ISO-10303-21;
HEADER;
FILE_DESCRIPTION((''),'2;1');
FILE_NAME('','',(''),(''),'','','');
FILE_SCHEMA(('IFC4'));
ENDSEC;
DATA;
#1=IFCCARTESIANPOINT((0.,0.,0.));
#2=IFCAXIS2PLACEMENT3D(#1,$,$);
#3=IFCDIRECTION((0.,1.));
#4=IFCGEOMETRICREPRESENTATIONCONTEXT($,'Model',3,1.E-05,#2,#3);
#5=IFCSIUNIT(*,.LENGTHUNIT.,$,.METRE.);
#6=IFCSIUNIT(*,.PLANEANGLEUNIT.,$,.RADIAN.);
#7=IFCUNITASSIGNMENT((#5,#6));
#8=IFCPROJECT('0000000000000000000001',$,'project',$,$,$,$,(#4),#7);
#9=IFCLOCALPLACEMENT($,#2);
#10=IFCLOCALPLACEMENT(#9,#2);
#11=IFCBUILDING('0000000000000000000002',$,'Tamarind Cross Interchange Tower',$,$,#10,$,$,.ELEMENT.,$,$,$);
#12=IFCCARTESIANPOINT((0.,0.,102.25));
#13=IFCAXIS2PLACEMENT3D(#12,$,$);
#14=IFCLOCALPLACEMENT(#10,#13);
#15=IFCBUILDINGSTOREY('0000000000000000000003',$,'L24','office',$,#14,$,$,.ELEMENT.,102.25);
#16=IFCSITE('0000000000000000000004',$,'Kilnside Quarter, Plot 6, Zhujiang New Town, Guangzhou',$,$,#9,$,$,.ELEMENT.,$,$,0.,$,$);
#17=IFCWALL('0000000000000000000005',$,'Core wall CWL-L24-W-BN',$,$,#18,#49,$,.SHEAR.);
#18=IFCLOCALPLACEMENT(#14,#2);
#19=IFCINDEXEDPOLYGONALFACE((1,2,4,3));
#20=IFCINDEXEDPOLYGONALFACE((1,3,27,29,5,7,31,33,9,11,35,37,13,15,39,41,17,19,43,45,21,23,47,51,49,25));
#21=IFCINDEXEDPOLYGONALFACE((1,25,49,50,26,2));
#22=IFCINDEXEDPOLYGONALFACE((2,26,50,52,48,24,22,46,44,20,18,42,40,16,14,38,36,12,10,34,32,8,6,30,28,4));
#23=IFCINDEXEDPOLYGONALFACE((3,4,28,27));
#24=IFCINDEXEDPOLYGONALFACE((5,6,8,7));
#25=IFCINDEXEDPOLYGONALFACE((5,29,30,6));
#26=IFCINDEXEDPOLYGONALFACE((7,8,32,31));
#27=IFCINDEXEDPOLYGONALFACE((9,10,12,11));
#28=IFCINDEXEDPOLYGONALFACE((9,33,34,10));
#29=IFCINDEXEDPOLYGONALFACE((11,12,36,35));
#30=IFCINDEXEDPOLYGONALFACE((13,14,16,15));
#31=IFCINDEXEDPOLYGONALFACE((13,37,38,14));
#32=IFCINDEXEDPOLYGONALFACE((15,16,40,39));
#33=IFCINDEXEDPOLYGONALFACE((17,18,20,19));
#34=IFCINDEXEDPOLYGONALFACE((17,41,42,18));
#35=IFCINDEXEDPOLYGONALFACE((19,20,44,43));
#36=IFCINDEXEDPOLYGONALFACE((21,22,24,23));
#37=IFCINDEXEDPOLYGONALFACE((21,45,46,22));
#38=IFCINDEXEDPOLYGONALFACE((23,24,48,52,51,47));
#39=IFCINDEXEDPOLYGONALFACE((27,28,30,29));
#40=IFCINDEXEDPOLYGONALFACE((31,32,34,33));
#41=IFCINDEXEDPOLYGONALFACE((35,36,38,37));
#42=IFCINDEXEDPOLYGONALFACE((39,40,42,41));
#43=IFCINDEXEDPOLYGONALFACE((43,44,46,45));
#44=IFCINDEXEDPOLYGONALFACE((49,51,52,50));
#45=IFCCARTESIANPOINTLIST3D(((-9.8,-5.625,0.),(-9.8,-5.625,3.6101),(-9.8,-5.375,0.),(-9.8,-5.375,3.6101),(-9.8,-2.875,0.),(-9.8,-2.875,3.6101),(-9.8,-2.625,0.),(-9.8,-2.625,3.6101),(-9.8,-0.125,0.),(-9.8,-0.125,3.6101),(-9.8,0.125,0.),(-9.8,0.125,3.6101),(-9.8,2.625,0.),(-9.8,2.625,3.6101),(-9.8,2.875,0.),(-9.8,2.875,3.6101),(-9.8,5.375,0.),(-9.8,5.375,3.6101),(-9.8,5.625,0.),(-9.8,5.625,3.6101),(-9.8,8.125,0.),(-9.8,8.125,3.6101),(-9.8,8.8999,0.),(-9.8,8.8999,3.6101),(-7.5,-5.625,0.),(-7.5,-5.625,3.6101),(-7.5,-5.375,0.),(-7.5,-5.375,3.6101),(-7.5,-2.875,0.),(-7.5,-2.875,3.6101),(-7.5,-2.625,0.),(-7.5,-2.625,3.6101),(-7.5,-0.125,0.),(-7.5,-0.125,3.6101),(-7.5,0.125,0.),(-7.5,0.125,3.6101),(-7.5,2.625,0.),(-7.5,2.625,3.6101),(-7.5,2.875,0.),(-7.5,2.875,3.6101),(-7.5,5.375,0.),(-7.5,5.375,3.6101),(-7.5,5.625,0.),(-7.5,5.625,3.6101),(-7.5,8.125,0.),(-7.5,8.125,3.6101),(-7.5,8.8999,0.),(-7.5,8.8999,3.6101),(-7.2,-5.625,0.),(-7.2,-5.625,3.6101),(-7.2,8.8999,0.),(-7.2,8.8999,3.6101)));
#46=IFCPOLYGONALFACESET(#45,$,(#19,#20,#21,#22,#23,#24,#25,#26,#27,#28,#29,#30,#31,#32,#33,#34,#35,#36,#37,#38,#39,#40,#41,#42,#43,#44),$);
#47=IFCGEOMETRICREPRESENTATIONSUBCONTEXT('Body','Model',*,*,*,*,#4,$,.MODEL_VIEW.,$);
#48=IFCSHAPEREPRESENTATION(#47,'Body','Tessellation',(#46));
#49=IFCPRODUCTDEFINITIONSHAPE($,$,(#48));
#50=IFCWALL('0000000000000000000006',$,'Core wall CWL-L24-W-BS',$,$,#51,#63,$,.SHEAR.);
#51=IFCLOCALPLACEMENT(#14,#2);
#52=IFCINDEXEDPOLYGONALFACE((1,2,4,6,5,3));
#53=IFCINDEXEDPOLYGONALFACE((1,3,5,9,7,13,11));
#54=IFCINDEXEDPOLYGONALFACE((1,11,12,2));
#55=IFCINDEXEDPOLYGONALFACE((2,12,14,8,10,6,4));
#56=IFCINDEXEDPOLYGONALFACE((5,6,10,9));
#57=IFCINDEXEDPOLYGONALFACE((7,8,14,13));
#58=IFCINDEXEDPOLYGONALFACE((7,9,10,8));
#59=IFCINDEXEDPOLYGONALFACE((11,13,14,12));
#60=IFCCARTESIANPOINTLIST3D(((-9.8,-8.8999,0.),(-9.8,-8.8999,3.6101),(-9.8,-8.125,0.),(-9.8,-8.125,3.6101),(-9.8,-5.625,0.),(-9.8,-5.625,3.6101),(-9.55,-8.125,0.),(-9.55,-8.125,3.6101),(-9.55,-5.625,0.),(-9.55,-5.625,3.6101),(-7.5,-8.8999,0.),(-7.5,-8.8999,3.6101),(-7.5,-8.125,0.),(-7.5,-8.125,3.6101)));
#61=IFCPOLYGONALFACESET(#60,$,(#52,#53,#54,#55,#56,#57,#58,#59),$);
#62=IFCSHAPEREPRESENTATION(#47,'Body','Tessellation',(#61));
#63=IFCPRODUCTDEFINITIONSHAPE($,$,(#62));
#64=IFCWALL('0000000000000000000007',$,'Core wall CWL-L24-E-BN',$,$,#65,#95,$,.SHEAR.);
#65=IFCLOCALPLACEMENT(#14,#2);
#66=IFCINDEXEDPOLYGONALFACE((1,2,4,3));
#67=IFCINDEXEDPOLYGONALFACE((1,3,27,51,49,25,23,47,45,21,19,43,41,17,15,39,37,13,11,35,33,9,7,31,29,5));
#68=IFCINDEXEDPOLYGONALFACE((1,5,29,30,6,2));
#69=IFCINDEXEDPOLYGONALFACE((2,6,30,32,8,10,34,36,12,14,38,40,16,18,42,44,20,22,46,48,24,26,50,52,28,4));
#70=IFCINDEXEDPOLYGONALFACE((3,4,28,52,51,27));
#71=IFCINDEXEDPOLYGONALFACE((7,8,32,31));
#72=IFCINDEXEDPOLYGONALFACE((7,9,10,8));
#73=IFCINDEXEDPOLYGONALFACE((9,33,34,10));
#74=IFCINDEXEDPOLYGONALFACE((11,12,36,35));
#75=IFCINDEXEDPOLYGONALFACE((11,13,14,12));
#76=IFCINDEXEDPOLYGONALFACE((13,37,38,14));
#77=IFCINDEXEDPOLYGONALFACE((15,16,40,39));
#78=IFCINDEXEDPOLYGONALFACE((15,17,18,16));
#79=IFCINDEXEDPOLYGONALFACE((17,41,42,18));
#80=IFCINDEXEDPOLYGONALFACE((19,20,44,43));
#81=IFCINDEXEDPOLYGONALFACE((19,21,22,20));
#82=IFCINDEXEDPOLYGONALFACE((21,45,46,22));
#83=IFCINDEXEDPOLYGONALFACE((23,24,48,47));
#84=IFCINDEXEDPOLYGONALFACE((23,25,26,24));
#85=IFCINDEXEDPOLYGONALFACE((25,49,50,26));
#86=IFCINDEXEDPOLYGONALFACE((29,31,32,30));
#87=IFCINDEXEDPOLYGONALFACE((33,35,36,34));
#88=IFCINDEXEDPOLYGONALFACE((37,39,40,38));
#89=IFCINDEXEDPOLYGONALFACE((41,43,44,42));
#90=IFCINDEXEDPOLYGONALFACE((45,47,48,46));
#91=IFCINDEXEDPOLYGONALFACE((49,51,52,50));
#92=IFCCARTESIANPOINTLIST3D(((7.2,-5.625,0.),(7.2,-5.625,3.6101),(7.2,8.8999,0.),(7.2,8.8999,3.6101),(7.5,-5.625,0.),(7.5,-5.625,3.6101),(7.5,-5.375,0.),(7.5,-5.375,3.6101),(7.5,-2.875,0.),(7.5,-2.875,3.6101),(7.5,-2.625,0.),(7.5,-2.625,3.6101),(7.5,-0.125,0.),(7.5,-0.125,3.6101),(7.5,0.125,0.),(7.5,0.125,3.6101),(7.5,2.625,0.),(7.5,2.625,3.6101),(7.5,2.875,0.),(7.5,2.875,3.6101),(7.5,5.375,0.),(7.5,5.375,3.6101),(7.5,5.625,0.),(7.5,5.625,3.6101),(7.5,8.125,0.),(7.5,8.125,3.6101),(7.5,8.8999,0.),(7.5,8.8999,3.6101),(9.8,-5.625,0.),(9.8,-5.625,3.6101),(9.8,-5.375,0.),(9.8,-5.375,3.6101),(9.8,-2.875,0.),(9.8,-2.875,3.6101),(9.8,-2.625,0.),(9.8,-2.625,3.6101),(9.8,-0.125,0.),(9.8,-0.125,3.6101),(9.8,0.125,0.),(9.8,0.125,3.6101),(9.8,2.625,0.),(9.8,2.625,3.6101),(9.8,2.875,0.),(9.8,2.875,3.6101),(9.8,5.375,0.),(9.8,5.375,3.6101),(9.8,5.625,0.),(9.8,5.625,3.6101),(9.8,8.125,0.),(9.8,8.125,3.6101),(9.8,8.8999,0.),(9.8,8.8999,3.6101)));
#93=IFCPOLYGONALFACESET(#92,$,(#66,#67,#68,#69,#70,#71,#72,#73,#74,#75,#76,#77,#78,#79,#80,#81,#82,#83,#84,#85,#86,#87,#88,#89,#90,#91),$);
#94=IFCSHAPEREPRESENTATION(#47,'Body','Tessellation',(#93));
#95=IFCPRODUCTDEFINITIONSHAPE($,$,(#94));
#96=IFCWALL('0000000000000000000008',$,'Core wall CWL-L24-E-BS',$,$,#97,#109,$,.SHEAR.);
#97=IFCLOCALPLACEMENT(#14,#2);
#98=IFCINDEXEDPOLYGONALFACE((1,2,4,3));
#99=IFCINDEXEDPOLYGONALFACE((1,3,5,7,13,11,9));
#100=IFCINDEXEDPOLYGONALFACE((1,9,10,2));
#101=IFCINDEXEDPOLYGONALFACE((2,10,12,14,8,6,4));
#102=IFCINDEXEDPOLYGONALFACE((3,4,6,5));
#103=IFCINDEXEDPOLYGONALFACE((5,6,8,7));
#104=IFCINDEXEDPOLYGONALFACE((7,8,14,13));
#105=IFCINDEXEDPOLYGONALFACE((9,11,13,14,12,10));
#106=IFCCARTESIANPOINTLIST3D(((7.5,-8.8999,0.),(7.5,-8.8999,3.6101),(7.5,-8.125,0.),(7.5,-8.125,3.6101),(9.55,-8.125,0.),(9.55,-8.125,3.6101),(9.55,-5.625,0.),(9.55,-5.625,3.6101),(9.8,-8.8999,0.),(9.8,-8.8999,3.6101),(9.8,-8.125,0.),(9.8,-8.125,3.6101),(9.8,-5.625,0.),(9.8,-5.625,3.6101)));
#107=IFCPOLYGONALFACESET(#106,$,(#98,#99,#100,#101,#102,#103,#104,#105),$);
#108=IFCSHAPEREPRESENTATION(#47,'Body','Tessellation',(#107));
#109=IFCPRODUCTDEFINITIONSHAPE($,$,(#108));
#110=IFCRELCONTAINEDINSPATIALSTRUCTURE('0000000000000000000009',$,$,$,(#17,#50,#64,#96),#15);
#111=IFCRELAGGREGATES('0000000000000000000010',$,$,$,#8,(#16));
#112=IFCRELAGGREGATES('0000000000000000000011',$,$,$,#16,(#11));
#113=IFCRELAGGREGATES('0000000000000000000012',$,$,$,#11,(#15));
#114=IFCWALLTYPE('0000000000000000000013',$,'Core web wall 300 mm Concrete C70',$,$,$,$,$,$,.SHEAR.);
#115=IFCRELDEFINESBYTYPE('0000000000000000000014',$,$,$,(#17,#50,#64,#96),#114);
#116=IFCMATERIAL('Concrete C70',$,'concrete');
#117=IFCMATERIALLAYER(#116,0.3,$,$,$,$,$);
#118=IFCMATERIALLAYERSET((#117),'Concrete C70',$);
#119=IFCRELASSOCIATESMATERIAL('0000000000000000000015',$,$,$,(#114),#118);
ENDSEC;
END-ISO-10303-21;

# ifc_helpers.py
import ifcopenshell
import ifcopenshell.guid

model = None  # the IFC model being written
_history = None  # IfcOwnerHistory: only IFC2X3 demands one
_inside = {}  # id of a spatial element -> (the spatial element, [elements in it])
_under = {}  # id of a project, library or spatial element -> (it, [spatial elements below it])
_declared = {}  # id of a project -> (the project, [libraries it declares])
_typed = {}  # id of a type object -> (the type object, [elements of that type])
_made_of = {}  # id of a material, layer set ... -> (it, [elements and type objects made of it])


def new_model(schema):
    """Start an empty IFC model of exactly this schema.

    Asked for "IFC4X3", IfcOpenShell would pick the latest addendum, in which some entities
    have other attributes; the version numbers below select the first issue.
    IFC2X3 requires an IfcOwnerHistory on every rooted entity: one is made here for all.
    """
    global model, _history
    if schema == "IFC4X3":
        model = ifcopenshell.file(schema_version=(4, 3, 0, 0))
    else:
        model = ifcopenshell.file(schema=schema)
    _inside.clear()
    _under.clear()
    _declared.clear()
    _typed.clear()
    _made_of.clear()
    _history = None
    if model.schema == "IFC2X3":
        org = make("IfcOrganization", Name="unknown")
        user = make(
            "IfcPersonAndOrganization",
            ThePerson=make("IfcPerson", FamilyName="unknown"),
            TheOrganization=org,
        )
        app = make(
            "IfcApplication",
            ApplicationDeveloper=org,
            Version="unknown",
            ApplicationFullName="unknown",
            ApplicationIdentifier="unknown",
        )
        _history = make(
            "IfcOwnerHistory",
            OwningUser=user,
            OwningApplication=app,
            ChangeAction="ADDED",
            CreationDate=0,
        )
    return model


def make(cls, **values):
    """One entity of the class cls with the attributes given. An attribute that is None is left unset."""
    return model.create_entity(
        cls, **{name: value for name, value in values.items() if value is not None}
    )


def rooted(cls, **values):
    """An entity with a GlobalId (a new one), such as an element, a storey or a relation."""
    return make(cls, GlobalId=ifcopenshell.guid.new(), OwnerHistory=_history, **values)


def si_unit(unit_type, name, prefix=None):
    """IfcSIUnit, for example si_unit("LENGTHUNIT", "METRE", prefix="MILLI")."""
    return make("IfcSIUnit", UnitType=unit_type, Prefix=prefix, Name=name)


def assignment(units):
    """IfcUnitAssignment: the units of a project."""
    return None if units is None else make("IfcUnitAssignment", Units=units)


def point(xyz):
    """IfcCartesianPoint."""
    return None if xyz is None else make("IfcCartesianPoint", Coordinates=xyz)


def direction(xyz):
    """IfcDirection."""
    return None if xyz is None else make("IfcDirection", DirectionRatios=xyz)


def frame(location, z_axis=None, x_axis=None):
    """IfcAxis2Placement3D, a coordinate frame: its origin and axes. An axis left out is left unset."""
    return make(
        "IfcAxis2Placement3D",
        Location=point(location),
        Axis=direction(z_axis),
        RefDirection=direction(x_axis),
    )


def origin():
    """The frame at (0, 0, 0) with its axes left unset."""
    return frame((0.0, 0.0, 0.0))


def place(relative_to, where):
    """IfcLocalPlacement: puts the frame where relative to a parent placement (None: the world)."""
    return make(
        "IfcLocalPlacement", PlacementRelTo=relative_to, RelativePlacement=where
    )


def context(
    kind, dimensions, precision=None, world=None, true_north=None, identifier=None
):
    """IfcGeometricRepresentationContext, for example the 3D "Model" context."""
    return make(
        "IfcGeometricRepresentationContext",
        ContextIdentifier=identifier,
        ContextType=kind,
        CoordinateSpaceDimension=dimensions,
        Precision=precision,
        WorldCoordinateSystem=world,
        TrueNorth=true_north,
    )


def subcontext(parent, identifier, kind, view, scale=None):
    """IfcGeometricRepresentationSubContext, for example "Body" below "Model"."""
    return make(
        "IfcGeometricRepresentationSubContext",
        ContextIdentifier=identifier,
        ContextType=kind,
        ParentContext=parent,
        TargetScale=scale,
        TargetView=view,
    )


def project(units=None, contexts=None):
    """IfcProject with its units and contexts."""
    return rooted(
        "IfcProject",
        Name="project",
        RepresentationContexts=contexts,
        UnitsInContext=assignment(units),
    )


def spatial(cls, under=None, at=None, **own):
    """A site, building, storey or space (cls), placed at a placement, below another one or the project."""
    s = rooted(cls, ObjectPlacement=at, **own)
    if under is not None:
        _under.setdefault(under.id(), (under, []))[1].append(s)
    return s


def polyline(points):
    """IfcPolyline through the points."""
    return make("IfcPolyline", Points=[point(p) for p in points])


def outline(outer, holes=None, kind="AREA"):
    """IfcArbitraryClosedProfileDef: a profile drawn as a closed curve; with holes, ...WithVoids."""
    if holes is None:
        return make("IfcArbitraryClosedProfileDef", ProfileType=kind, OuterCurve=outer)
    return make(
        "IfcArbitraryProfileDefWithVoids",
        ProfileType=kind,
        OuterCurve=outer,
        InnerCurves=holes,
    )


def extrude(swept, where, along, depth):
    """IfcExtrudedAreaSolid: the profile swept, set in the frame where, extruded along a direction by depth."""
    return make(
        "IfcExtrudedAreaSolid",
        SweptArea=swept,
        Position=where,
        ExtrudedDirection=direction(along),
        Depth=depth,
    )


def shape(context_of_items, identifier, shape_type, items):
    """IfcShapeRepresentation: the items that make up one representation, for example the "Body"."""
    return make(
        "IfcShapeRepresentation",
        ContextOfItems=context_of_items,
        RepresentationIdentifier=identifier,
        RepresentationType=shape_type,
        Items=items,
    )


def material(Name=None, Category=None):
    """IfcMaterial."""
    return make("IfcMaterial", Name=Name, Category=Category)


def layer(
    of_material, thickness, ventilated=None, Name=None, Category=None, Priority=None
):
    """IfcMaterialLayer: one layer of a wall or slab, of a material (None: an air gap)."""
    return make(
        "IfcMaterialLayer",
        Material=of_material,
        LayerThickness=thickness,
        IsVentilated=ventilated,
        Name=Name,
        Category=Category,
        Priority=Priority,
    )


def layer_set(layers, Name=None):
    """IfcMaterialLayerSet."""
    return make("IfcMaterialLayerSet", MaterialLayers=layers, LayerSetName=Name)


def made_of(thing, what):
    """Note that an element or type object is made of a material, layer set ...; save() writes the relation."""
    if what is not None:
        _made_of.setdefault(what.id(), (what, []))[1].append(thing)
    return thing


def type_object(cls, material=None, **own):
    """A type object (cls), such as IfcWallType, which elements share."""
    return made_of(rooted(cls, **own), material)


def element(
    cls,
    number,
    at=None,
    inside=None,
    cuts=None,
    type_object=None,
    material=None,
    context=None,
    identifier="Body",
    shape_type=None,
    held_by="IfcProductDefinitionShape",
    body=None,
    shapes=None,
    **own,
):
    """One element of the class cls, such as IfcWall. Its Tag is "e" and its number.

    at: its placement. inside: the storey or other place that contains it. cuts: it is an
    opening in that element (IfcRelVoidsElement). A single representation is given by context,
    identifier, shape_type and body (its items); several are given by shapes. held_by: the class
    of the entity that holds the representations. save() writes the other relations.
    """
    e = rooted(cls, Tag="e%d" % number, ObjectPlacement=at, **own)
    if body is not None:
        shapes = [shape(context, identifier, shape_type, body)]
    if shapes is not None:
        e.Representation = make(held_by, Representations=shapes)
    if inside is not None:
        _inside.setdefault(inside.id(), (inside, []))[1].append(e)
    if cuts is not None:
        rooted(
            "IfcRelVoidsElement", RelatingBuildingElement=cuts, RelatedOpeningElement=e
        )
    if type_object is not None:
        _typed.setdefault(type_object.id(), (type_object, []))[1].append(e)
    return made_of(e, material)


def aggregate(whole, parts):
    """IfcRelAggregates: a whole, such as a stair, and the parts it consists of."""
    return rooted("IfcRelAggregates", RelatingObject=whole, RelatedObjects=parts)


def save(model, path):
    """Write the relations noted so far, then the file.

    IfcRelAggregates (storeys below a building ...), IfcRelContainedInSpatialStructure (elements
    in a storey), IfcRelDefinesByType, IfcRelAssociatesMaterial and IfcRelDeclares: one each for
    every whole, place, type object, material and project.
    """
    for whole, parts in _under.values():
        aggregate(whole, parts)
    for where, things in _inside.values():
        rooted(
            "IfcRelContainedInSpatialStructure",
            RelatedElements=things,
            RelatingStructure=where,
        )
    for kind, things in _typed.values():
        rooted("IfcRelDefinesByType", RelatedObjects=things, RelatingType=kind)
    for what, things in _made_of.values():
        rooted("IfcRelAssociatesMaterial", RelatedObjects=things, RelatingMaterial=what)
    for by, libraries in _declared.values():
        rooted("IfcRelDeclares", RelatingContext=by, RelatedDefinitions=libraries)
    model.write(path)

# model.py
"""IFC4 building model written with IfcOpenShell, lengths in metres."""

from ifc_helpers import new_model, si_unit, direction, frame, origin, place, context, subcontext, project, spatial, polyline, outline, extrude, material, layer, layer_set, type_object, element, save


model = new_model("IFC4")

# Units and contexts
model_context = context("Model", 3, precision=1e-05, world=origin(), true_north=direction((0.0, 1.0)))
body_context = subcontext(model_context, "Body", "Model", "MODEL_VIEW")
ifc_project = project(units=[si_unit("LENGTHUNIT", "METRE"), si_unit("PLANEANGLEUNIT", "RADIAN")], contexts=[model_context])

# Site, building, storey
site_placement = place(None, origin())
site = spatial("IfcSite", under=ifc_project, at=site_placement, Name="Kilnside Quarter, Plot 6, Zhujiang New Town, Guangzhou", CompositionType="ELEMENT", RefElevation=0.0)
building_placement = place(site_placement, origin())
building = spatial("IfcBuilding", under=site, at=building_placement, Name="Tamarind Cross Interchange Tower", CompositionType="ELEMENT")
storey_placement = place(building_placement, frame((0.0, 0.0, 102.25)))
storey = spatial("IfcBuildingStorey", under=building, at=storey_placement, Name="L24", Description="office", CompositionType="ELEMENT", Elevation=102.25)

# Walls
ifc_material_1 = material(Name="Concrete C70", Category="concrete")
ifc_layer_1 = layer(ifc_material_1, 0.3)
ifc_layer_set_1 = layer_set([ifc_layer_1], Name="Concrete C70")
wall_type_1 = type_object("IfcWallType", Name="Core web wall 300 mm Concrete C70", PredefinedType="SHEAR", material=ifc_layer_set_1)
wall_1_placement = place(storey_placement, origin())
element("IfcWall", 1, at=wall_1_placement, inside=storey, type_object=wall_type_1, Name="Core wall CWL-L24-W-BN", PredefinedType="SHEAR", context=body_context, shape_type="SweptSolid", body=[
    extrude(outline(polyline([(-9.8, -5.375), (-9.8, -5.625), (-7.5, -5.625), (-7.2, -5.625), (-7.2, 8.8999), (-7.5, 8.8999), (-9.8, 8.8999), (-9.8, 8.125), (-7.5, 8.125), (-7.5, 5.625), (-9.8, 5.625), (-9.8, 5.375), (-7.5, 5.375), (-7.5, 2.875), (-9.8, 2.875), (-9.8, 2.625), (-7.5, 2.625), (-7.5, 0.125), (-9.8, 0.125), (-9.8, -0.125), (-7.5, -0.125), (-7.5, -2.625), (-9.8, -2.625), (-9.8, -2.875), (-7.5, -2.875), (-7.5, -5.375), (-9.8, -5.375)])), origin(), (0.0, 0.0, 1.0), 3.6101),
])
wall_2_placement = place(storey_placement, origin())
element("IfcWall", 2, at=wall_2_placement, inside=storey, type_object=wall_type_1, Name="Core wall CWL-L24-W-BS", PredefinedType="SHEAR", context=body_context, shape_type="SweptSolid", body=[
    extrude(outline(polyline([(-7.5, -8.125), (-9.55, -8.125), (-9.55, -5.625), (-9.8, -5.625), (-9.8, -8.125), (-9.8, -8.8999), (-7.5, -8.8999), (-7.5, -8.125)])), origin(), (0.0, 0.0, 1.0), 3.6101),
])
wall_3_placement = place(storey_placement, origin())
element("IfcWall", 3, at=wall_3_placement, inside=storey, type_object=wall_type_1, Name="Core wall CWL-L24-E-BN", PredefinedType="SHEAR", context=body_context, shape_type="SweptSolid", body=[
    extrude(outline(polyline([(9.8, -5.375), (7.5, -5.375), (7.5, -2.875), (9.8, -2.875), (9.8, -2.625), (7.5, -2.625), (7.5, -0.125), (9.8, -0.125), (9.8, 0.125), (7.5, 0.125), (7.5, 2.625), (9.8, 2.625), (9.8, 2.875), (7.5, 2.875), (7.5, 5.375), (9.8, 5.375), (9.8, 5.625), (7.5, 5.625), (7.5, 8.125), (9.8, 8.125), (9.8, 8.8999), (7.5, 8.8999), (7.2, 8.8999), (7.2, -5.625), (7.5, -5.625), (9.8, -5.625), (9.8, -5.375)])), origin(), (0.0, 0.0, 1.0), 3.6101),
])
wall_4_placement = place(storey_placement, origin())
element("IfcWall", 4, at=wall_4_placement, inside=storey, type_object=wall_type_1, Name="Core wall CWL-L24-E-BS", PredefinedType="SHEAR", context=body_context, shape_type="SweptSolid", body=[
    extrude(outline(polyline([(7.5, -8.125), (7.5, -8.8999), (9.8, -8.8999), (9.8, -8.125), (9.8, -5.625), (9.55, -5.625), (9.55, -8.125), (7.5, -8.125)])), origin(), (0.0, 0.0, 1.0), 3.6101),
])

save(model, "model.ifc")
